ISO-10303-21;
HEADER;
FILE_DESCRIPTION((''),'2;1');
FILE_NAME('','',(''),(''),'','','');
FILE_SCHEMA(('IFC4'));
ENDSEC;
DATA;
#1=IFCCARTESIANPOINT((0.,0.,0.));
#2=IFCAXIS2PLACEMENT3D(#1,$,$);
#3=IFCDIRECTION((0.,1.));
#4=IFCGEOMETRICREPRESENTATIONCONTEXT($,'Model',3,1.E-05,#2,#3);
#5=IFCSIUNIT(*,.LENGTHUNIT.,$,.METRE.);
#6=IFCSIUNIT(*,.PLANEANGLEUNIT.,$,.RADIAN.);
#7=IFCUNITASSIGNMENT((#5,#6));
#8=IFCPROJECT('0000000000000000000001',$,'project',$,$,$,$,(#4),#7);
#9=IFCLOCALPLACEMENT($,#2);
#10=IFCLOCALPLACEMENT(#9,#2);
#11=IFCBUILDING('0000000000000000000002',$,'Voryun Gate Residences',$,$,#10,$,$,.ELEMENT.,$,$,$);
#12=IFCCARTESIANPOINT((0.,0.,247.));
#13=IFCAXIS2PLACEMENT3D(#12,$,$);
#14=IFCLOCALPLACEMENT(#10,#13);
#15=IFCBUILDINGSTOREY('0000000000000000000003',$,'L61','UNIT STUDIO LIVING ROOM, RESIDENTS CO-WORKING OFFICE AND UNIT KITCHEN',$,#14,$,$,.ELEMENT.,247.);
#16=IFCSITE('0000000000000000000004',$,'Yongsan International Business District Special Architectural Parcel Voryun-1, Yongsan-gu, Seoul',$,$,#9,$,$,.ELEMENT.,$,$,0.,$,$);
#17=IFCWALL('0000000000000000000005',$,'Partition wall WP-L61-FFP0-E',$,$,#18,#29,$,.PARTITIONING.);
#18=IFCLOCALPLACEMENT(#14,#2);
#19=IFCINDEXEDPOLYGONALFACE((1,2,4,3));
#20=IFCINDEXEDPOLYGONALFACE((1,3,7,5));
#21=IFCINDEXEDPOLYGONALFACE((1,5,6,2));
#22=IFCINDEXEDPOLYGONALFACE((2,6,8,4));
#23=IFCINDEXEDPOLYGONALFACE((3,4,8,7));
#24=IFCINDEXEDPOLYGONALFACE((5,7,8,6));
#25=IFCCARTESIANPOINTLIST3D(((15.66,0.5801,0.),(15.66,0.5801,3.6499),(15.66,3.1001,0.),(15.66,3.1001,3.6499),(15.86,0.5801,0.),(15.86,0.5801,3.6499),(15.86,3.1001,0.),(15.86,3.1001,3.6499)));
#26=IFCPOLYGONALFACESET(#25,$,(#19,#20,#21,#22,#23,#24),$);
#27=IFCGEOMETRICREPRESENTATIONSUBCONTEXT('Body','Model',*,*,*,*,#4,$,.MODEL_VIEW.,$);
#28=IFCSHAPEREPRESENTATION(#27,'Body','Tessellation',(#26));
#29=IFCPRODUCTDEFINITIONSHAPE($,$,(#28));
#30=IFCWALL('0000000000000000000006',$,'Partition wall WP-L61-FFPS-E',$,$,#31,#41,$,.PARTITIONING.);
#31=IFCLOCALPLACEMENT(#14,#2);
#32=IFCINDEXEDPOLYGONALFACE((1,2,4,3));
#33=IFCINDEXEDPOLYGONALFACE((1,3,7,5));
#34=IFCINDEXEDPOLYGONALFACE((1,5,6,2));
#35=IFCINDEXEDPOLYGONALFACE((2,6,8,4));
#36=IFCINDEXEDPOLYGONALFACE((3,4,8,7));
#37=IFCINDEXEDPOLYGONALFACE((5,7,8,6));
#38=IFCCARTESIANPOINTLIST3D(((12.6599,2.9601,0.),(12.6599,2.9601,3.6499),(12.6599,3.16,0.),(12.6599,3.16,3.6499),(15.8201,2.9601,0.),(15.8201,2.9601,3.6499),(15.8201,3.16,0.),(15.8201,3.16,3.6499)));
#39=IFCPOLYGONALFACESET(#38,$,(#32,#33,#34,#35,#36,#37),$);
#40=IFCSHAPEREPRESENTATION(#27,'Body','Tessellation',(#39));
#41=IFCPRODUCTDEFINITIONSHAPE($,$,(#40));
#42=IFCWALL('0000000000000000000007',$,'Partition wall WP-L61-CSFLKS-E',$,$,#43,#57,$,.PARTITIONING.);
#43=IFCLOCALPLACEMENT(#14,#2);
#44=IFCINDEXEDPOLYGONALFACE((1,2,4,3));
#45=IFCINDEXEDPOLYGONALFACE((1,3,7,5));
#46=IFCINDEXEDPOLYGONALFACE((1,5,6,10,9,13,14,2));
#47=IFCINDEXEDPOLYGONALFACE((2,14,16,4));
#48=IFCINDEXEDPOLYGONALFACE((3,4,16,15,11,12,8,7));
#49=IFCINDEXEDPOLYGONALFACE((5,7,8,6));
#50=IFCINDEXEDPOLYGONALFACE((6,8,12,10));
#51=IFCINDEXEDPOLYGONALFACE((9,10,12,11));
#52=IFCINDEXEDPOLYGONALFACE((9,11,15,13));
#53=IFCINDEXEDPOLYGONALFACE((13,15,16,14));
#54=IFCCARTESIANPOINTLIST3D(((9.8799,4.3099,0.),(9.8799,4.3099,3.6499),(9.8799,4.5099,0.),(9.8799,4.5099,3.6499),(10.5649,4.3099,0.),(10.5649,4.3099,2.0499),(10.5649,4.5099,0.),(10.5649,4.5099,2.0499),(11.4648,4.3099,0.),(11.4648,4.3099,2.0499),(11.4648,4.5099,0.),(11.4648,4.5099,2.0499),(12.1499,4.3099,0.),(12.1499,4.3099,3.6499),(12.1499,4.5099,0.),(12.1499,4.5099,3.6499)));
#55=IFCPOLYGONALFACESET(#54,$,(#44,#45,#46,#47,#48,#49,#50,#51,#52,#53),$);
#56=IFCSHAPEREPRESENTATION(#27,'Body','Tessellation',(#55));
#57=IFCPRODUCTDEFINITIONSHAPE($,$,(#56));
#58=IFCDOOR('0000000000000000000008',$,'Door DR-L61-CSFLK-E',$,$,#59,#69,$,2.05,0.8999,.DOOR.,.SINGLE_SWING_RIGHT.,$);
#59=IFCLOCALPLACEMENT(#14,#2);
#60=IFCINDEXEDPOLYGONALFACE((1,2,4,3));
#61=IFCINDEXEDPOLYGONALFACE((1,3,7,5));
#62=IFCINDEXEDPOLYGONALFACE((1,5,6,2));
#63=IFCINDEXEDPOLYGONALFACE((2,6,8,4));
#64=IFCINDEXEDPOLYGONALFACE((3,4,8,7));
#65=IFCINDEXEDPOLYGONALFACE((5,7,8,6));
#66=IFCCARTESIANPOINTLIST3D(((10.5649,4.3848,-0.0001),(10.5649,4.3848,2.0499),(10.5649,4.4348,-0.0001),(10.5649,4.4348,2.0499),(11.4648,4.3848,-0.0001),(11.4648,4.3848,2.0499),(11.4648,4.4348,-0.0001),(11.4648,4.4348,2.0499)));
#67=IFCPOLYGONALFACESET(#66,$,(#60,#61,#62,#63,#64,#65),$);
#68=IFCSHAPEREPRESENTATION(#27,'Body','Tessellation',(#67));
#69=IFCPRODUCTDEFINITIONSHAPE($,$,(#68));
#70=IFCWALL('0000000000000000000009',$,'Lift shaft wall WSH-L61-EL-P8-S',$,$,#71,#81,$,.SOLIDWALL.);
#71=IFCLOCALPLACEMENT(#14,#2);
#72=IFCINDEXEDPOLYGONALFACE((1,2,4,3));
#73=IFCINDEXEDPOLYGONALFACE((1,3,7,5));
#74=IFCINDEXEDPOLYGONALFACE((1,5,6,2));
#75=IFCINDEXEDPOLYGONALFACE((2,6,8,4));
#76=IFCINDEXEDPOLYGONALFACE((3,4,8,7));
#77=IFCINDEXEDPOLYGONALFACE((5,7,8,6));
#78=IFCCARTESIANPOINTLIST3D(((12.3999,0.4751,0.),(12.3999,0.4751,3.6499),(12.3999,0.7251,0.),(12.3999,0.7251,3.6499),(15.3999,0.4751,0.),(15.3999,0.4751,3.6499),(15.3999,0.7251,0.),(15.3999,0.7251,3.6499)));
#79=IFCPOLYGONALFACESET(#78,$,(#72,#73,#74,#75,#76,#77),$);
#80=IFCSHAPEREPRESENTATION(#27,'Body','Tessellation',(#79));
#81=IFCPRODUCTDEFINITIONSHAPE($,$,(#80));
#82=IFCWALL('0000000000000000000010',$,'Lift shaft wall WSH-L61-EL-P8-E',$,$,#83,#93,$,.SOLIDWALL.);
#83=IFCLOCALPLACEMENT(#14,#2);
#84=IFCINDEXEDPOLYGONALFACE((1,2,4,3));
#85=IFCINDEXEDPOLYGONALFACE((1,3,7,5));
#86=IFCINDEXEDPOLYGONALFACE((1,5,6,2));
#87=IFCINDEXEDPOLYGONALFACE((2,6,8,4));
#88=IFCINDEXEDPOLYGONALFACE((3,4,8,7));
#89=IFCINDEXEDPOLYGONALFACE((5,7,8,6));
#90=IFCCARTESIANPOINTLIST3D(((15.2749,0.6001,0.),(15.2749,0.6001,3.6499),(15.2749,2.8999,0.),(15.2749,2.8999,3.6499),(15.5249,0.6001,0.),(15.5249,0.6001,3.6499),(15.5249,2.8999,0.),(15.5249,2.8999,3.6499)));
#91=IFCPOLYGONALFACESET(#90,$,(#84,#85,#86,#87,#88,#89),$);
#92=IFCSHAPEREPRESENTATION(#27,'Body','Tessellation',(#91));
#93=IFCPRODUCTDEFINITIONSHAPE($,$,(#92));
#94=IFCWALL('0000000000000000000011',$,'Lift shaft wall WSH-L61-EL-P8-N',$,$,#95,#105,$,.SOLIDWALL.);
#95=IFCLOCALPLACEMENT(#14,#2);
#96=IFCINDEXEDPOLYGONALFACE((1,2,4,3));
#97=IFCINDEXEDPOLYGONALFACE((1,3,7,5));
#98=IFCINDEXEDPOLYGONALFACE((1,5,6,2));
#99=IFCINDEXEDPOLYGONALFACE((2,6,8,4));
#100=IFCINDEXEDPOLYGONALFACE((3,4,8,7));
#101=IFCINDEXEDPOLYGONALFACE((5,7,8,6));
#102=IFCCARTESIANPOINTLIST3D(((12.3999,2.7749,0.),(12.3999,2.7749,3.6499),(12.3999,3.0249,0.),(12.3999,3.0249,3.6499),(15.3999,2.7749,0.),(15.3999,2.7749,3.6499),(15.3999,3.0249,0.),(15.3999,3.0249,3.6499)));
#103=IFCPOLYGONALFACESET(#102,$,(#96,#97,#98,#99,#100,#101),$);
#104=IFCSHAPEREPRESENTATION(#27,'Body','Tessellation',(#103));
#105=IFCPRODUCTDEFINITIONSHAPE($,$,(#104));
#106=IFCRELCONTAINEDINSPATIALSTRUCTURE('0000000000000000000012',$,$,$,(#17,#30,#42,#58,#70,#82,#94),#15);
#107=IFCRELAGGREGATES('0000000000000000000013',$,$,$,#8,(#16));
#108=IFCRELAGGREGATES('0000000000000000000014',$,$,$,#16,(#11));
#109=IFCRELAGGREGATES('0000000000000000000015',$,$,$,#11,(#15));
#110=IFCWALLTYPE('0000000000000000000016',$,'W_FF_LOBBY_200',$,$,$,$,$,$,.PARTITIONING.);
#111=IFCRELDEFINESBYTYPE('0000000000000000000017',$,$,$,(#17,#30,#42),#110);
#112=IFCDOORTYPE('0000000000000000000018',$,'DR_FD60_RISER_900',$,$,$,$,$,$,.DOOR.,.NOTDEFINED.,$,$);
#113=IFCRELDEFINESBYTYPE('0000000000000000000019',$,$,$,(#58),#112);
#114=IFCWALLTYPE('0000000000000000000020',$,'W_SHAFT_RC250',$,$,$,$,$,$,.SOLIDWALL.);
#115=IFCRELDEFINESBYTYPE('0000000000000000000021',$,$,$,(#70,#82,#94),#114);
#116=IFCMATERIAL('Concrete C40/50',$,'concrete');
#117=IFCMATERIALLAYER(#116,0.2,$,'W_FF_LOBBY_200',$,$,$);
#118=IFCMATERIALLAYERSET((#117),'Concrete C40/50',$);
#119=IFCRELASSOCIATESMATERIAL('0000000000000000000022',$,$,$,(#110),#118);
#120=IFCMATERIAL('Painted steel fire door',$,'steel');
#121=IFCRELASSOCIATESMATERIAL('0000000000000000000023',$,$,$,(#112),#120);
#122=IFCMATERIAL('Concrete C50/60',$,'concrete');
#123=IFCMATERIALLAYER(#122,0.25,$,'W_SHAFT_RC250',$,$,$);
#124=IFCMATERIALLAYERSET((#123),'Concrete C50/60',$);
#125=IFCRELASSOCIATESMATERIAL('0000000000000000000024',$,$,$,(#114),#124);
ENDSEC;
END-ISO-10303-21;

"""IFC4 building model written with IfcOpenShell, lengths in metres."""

from ifc_helpers import new_model, si_unit, direction, frame, frame_2d, origin, place, context, subcontext, project, spatial, rectangle, extrude, material, layer, layer_set, type_object, element, fill, save


model = new_model("IFC4")

# Units and contexts
model_context = context("Model", 3, precision=1e-05, world=origin(), true_north=direction((0.0, 1.0)))
body_context = subcontext(model_context, "Body", "Model", "MODEL_VIEW")
ifc_project = project(units=[si_unit("LENGTHUNIT", "METRE"), si_unit("PLANEANGLEUNIT", "RADIAN")], contexts=[model_context])

# Site, building, storey
site_placement = place(None, origin())
site = spatial("IfcSite", under=ifc_project, at=site_placement, Name="Yongsan International Business District Special Architectural Parcel Voryun-1, Yongsan-gu, Seoul", CompositionType="ELEMENT", RefElevation=0.0)
building_placement = place(site_placement, origin())
building = spatial("IfcBuilding", under=site, at=building_placement, Name="Voryun Gate Residences", CompositionType="ELEMENT")
storey_placement = place(building_placement, frame((0.0, 0.0, 247.0)))
storey = spatial("IfcBuildingStorey", under=building, at=storey_placement, Name="L61", Description="UNIT STUDIO LIVING ROOM, RESIDENTS CO-WORKING OFFICE AND UNIT KITCHEN", CompositionType="ELEMENT", Elevation=247.0)

# Walls
ifc_material_1 = material(Name="Concrete C40/50", Category="concrete")
ifc_layer_1 = layer(ifc_material_1, 0.2, Name="W_FF_LOBBY_200")
ifc_layer_set_1 = layer_set([ifc_layer_1], Name="Concrete C40/50")
wall_type_1 = type_object("IfcWallType", Name="W_FF_LOBBY_200", PredefinedType="PARTITIONING", material=ifc_layer_set_1)
wall_1_placement = place(storey_placement, frame((15.76, 0.5801, 0.0), z_axis=(0.0, 0.0, 1.0), x_axis=(0.0, 1.0, 0.0)))
element("IfcWall", 1, at=wall_1_placement, inside=storey, type_object=wall_type_1, Name="Partition wall WP-L61-FFP0-E", PredefinedType="PARTITIONING", context=body_context, shape_type="SweptSolid", body=[
    extrude(rectangle(XDim=2.52, YDim=0.2, at=frame_2d((1.26, 0.0))), origin(), (0.0, 0.0, 1.0), 3.6499),
])
wall_2_placement = place(storey_placement, frame((12.6599, 3.0601, 0.0), z_axis=(0.0, 0.0, 1.0), x_axis=(1.0, 0.0, 0.0)))
element("IfcWall", 2, at=wall_2_placement, inside=storey, type_object=wall_type_1, Name="Partition wall WP-L61-FFPS-E", PredefinedType="PARTITIONING", context=body_context, shape_type="SweptSolid", body=[
    extrude(rectangle(XDim=3.1602, YDim=0.2, at=frame_2d((1.5801, 0.0))), origin(), (0.0, 0.0, 1.0), 3.6499),
])

# Wall, opening, door
wall_3_placement = place(storey_placement, frame((9.8799, 4.4099, 0.0), z_axis=(0.0, 0.0, 1.0), x_axis=(1.0, 0.0, 0.0)))
wall_3 = element("IfcWall", 3, at=wall_3_placement, inside=storey, type_object=wall_type_1, Name="Partition wall WP-L61-CSFLKS-E", PredefinedType="PARTITIONING", context=body_context, shape_type="SweptSolid", body=[
    extrude(rectangle(XDim=2.27, YDim=0.2, at=frame_2d((1.135, 0.0))), origin(), (0.0, 0.0, 1.0), 3.6499),
])
opening_1_placement = place(wall_3_placement, frame((0.6851, 0.0, 0.0)))
opening_1 = element("IfcOpeningElement", 4, at=opening_1_placement, cuts=wall_3, PredefinedType="OPENING", context=body_context, shape_type="SweptSolid", body=[
    extrude(rectangle(XDim=0.8999, YDim=2.05, at=frame_2d((0.45, 1.0249))), frame((0.0, 0.1101, 0.0), z_axis=(0.0, -1.0, 0.0), x_axis=(1.0, 0.0, 0.0)), (0.0, 0.0, 1.0), 0.22),
])
ifc_material_2 = material(Name="Painted steel fire door", Category="steel")
door_type_1 = type_object("IfcDoorType", Name="DR_FD60_RISER_900", OperationType="NOTDEFINED", PredefinedType="DOOR", material=ifc_material_2)
door_1_placement = place(opening_1_placement, origin())
door_1 = element("IfcDoor", 5, at=door_1_placement, inside=storey, type_object=door_type_1, Name="Door DR-L61-CSFLK-E", OperationType="SINGLE_SWING_RIGHT", OverallHeight=2.05, OverallWidth=0.8999, PredefinedType="DOOR", context=body_context, shape_type="SweptSolid", body=[
    extrude(rectangle(XDim=0.8999, YDim=2.05, at=frame_2d((0.45, 1.0249))), frame((0.0, 0.0249, 0.0), z_axis=(0.0, -1.0, 0.0), x_axis=(1.0, 0.0, 0.0)), (0.0, 0.0, 1.0), 0.05),
])
fill(opening_1, door_1)

# Walls
ifc_material_3 = material(Name="Concrete C50/60", Category="concrete")
ifc_layer_2 = layer(ifc_material_3, 0.25, Name="W_SHAFT_RC250")
ifc_layer_set_2 = layer_set([ifc_layer_2], Name="Concrete C50/60")
wall_type_2 = type_object("IfcWallType", Name="W_SHAFT_RC250", PredefinedType="SOLIDWALL", material=ifc_layer_set_2)
wall_4_placement = place(storey_placement, frame((12.3999, 0.6001, 0.0), z_axis=(0.0, 0.0, 1.0), x_axis=(1.0, 0.0, 0.0)))
element("IfcWall", 6, at=wall_4_placement, inside=storey, type_object=wall_type_2, Name="Lift shaft wall WSH-L61-EL-P8-S", PredefinedType="SOLIDWALL", context=body_context, shape_type="SweptSolid", body=[
    extrude(rectangle(XDim=3.0, YDim=0.25, at=frame_2d((1.5, 0.0))), origin(), (0.0, 0.0, 1.0), 3.6499),
])
wall_5_placement = place(storey_placement, frame((15.3999, 0.6001, 0.0), z_axis=(0.0, 0.0, 1.0), x_axis=(0.0, 1.0, 0.0)))
element("IfcWall", 7, at=wall_5_placement, inside=storey, type_object=wall_type_2, Name="Lift shaft wall WSH-L61-EL-P8-E", PredefinedType="SOLIDWALL", context=body_context, shape_type="SweptSolid", body=[
    extrude(rectangle(XDim=2.2998, YDim=0.25, at=frame_2d((1.1499, 0.0))), origin(), (0.0, 0.0, 1.0), 3.6499),
])
wall_6_placement = place(storey_placement, frame((15.3999, 2.8999, 0.0), z_axis=(0.0, 0.0, 1.0), x_axis=(-1.0, 0.0, 0.0)))
element("IfcWall", 8, at=wall_6_placement, inside=storey, type_object=wall_type_2, Name="Lift shaft wall WSH-L61-EL-P8-N", PredefinedType="SOLIDWALL", context=body_context, shape_type="SweptSolid", body=[
    extrude(rectangle(XDim=3.0, YDim=0.25, at=frame_2d((1.5, 0.0))), origin(), (0.0, 0.0, 1.0), 3.6499),
])

save(model, "model.ifc")
